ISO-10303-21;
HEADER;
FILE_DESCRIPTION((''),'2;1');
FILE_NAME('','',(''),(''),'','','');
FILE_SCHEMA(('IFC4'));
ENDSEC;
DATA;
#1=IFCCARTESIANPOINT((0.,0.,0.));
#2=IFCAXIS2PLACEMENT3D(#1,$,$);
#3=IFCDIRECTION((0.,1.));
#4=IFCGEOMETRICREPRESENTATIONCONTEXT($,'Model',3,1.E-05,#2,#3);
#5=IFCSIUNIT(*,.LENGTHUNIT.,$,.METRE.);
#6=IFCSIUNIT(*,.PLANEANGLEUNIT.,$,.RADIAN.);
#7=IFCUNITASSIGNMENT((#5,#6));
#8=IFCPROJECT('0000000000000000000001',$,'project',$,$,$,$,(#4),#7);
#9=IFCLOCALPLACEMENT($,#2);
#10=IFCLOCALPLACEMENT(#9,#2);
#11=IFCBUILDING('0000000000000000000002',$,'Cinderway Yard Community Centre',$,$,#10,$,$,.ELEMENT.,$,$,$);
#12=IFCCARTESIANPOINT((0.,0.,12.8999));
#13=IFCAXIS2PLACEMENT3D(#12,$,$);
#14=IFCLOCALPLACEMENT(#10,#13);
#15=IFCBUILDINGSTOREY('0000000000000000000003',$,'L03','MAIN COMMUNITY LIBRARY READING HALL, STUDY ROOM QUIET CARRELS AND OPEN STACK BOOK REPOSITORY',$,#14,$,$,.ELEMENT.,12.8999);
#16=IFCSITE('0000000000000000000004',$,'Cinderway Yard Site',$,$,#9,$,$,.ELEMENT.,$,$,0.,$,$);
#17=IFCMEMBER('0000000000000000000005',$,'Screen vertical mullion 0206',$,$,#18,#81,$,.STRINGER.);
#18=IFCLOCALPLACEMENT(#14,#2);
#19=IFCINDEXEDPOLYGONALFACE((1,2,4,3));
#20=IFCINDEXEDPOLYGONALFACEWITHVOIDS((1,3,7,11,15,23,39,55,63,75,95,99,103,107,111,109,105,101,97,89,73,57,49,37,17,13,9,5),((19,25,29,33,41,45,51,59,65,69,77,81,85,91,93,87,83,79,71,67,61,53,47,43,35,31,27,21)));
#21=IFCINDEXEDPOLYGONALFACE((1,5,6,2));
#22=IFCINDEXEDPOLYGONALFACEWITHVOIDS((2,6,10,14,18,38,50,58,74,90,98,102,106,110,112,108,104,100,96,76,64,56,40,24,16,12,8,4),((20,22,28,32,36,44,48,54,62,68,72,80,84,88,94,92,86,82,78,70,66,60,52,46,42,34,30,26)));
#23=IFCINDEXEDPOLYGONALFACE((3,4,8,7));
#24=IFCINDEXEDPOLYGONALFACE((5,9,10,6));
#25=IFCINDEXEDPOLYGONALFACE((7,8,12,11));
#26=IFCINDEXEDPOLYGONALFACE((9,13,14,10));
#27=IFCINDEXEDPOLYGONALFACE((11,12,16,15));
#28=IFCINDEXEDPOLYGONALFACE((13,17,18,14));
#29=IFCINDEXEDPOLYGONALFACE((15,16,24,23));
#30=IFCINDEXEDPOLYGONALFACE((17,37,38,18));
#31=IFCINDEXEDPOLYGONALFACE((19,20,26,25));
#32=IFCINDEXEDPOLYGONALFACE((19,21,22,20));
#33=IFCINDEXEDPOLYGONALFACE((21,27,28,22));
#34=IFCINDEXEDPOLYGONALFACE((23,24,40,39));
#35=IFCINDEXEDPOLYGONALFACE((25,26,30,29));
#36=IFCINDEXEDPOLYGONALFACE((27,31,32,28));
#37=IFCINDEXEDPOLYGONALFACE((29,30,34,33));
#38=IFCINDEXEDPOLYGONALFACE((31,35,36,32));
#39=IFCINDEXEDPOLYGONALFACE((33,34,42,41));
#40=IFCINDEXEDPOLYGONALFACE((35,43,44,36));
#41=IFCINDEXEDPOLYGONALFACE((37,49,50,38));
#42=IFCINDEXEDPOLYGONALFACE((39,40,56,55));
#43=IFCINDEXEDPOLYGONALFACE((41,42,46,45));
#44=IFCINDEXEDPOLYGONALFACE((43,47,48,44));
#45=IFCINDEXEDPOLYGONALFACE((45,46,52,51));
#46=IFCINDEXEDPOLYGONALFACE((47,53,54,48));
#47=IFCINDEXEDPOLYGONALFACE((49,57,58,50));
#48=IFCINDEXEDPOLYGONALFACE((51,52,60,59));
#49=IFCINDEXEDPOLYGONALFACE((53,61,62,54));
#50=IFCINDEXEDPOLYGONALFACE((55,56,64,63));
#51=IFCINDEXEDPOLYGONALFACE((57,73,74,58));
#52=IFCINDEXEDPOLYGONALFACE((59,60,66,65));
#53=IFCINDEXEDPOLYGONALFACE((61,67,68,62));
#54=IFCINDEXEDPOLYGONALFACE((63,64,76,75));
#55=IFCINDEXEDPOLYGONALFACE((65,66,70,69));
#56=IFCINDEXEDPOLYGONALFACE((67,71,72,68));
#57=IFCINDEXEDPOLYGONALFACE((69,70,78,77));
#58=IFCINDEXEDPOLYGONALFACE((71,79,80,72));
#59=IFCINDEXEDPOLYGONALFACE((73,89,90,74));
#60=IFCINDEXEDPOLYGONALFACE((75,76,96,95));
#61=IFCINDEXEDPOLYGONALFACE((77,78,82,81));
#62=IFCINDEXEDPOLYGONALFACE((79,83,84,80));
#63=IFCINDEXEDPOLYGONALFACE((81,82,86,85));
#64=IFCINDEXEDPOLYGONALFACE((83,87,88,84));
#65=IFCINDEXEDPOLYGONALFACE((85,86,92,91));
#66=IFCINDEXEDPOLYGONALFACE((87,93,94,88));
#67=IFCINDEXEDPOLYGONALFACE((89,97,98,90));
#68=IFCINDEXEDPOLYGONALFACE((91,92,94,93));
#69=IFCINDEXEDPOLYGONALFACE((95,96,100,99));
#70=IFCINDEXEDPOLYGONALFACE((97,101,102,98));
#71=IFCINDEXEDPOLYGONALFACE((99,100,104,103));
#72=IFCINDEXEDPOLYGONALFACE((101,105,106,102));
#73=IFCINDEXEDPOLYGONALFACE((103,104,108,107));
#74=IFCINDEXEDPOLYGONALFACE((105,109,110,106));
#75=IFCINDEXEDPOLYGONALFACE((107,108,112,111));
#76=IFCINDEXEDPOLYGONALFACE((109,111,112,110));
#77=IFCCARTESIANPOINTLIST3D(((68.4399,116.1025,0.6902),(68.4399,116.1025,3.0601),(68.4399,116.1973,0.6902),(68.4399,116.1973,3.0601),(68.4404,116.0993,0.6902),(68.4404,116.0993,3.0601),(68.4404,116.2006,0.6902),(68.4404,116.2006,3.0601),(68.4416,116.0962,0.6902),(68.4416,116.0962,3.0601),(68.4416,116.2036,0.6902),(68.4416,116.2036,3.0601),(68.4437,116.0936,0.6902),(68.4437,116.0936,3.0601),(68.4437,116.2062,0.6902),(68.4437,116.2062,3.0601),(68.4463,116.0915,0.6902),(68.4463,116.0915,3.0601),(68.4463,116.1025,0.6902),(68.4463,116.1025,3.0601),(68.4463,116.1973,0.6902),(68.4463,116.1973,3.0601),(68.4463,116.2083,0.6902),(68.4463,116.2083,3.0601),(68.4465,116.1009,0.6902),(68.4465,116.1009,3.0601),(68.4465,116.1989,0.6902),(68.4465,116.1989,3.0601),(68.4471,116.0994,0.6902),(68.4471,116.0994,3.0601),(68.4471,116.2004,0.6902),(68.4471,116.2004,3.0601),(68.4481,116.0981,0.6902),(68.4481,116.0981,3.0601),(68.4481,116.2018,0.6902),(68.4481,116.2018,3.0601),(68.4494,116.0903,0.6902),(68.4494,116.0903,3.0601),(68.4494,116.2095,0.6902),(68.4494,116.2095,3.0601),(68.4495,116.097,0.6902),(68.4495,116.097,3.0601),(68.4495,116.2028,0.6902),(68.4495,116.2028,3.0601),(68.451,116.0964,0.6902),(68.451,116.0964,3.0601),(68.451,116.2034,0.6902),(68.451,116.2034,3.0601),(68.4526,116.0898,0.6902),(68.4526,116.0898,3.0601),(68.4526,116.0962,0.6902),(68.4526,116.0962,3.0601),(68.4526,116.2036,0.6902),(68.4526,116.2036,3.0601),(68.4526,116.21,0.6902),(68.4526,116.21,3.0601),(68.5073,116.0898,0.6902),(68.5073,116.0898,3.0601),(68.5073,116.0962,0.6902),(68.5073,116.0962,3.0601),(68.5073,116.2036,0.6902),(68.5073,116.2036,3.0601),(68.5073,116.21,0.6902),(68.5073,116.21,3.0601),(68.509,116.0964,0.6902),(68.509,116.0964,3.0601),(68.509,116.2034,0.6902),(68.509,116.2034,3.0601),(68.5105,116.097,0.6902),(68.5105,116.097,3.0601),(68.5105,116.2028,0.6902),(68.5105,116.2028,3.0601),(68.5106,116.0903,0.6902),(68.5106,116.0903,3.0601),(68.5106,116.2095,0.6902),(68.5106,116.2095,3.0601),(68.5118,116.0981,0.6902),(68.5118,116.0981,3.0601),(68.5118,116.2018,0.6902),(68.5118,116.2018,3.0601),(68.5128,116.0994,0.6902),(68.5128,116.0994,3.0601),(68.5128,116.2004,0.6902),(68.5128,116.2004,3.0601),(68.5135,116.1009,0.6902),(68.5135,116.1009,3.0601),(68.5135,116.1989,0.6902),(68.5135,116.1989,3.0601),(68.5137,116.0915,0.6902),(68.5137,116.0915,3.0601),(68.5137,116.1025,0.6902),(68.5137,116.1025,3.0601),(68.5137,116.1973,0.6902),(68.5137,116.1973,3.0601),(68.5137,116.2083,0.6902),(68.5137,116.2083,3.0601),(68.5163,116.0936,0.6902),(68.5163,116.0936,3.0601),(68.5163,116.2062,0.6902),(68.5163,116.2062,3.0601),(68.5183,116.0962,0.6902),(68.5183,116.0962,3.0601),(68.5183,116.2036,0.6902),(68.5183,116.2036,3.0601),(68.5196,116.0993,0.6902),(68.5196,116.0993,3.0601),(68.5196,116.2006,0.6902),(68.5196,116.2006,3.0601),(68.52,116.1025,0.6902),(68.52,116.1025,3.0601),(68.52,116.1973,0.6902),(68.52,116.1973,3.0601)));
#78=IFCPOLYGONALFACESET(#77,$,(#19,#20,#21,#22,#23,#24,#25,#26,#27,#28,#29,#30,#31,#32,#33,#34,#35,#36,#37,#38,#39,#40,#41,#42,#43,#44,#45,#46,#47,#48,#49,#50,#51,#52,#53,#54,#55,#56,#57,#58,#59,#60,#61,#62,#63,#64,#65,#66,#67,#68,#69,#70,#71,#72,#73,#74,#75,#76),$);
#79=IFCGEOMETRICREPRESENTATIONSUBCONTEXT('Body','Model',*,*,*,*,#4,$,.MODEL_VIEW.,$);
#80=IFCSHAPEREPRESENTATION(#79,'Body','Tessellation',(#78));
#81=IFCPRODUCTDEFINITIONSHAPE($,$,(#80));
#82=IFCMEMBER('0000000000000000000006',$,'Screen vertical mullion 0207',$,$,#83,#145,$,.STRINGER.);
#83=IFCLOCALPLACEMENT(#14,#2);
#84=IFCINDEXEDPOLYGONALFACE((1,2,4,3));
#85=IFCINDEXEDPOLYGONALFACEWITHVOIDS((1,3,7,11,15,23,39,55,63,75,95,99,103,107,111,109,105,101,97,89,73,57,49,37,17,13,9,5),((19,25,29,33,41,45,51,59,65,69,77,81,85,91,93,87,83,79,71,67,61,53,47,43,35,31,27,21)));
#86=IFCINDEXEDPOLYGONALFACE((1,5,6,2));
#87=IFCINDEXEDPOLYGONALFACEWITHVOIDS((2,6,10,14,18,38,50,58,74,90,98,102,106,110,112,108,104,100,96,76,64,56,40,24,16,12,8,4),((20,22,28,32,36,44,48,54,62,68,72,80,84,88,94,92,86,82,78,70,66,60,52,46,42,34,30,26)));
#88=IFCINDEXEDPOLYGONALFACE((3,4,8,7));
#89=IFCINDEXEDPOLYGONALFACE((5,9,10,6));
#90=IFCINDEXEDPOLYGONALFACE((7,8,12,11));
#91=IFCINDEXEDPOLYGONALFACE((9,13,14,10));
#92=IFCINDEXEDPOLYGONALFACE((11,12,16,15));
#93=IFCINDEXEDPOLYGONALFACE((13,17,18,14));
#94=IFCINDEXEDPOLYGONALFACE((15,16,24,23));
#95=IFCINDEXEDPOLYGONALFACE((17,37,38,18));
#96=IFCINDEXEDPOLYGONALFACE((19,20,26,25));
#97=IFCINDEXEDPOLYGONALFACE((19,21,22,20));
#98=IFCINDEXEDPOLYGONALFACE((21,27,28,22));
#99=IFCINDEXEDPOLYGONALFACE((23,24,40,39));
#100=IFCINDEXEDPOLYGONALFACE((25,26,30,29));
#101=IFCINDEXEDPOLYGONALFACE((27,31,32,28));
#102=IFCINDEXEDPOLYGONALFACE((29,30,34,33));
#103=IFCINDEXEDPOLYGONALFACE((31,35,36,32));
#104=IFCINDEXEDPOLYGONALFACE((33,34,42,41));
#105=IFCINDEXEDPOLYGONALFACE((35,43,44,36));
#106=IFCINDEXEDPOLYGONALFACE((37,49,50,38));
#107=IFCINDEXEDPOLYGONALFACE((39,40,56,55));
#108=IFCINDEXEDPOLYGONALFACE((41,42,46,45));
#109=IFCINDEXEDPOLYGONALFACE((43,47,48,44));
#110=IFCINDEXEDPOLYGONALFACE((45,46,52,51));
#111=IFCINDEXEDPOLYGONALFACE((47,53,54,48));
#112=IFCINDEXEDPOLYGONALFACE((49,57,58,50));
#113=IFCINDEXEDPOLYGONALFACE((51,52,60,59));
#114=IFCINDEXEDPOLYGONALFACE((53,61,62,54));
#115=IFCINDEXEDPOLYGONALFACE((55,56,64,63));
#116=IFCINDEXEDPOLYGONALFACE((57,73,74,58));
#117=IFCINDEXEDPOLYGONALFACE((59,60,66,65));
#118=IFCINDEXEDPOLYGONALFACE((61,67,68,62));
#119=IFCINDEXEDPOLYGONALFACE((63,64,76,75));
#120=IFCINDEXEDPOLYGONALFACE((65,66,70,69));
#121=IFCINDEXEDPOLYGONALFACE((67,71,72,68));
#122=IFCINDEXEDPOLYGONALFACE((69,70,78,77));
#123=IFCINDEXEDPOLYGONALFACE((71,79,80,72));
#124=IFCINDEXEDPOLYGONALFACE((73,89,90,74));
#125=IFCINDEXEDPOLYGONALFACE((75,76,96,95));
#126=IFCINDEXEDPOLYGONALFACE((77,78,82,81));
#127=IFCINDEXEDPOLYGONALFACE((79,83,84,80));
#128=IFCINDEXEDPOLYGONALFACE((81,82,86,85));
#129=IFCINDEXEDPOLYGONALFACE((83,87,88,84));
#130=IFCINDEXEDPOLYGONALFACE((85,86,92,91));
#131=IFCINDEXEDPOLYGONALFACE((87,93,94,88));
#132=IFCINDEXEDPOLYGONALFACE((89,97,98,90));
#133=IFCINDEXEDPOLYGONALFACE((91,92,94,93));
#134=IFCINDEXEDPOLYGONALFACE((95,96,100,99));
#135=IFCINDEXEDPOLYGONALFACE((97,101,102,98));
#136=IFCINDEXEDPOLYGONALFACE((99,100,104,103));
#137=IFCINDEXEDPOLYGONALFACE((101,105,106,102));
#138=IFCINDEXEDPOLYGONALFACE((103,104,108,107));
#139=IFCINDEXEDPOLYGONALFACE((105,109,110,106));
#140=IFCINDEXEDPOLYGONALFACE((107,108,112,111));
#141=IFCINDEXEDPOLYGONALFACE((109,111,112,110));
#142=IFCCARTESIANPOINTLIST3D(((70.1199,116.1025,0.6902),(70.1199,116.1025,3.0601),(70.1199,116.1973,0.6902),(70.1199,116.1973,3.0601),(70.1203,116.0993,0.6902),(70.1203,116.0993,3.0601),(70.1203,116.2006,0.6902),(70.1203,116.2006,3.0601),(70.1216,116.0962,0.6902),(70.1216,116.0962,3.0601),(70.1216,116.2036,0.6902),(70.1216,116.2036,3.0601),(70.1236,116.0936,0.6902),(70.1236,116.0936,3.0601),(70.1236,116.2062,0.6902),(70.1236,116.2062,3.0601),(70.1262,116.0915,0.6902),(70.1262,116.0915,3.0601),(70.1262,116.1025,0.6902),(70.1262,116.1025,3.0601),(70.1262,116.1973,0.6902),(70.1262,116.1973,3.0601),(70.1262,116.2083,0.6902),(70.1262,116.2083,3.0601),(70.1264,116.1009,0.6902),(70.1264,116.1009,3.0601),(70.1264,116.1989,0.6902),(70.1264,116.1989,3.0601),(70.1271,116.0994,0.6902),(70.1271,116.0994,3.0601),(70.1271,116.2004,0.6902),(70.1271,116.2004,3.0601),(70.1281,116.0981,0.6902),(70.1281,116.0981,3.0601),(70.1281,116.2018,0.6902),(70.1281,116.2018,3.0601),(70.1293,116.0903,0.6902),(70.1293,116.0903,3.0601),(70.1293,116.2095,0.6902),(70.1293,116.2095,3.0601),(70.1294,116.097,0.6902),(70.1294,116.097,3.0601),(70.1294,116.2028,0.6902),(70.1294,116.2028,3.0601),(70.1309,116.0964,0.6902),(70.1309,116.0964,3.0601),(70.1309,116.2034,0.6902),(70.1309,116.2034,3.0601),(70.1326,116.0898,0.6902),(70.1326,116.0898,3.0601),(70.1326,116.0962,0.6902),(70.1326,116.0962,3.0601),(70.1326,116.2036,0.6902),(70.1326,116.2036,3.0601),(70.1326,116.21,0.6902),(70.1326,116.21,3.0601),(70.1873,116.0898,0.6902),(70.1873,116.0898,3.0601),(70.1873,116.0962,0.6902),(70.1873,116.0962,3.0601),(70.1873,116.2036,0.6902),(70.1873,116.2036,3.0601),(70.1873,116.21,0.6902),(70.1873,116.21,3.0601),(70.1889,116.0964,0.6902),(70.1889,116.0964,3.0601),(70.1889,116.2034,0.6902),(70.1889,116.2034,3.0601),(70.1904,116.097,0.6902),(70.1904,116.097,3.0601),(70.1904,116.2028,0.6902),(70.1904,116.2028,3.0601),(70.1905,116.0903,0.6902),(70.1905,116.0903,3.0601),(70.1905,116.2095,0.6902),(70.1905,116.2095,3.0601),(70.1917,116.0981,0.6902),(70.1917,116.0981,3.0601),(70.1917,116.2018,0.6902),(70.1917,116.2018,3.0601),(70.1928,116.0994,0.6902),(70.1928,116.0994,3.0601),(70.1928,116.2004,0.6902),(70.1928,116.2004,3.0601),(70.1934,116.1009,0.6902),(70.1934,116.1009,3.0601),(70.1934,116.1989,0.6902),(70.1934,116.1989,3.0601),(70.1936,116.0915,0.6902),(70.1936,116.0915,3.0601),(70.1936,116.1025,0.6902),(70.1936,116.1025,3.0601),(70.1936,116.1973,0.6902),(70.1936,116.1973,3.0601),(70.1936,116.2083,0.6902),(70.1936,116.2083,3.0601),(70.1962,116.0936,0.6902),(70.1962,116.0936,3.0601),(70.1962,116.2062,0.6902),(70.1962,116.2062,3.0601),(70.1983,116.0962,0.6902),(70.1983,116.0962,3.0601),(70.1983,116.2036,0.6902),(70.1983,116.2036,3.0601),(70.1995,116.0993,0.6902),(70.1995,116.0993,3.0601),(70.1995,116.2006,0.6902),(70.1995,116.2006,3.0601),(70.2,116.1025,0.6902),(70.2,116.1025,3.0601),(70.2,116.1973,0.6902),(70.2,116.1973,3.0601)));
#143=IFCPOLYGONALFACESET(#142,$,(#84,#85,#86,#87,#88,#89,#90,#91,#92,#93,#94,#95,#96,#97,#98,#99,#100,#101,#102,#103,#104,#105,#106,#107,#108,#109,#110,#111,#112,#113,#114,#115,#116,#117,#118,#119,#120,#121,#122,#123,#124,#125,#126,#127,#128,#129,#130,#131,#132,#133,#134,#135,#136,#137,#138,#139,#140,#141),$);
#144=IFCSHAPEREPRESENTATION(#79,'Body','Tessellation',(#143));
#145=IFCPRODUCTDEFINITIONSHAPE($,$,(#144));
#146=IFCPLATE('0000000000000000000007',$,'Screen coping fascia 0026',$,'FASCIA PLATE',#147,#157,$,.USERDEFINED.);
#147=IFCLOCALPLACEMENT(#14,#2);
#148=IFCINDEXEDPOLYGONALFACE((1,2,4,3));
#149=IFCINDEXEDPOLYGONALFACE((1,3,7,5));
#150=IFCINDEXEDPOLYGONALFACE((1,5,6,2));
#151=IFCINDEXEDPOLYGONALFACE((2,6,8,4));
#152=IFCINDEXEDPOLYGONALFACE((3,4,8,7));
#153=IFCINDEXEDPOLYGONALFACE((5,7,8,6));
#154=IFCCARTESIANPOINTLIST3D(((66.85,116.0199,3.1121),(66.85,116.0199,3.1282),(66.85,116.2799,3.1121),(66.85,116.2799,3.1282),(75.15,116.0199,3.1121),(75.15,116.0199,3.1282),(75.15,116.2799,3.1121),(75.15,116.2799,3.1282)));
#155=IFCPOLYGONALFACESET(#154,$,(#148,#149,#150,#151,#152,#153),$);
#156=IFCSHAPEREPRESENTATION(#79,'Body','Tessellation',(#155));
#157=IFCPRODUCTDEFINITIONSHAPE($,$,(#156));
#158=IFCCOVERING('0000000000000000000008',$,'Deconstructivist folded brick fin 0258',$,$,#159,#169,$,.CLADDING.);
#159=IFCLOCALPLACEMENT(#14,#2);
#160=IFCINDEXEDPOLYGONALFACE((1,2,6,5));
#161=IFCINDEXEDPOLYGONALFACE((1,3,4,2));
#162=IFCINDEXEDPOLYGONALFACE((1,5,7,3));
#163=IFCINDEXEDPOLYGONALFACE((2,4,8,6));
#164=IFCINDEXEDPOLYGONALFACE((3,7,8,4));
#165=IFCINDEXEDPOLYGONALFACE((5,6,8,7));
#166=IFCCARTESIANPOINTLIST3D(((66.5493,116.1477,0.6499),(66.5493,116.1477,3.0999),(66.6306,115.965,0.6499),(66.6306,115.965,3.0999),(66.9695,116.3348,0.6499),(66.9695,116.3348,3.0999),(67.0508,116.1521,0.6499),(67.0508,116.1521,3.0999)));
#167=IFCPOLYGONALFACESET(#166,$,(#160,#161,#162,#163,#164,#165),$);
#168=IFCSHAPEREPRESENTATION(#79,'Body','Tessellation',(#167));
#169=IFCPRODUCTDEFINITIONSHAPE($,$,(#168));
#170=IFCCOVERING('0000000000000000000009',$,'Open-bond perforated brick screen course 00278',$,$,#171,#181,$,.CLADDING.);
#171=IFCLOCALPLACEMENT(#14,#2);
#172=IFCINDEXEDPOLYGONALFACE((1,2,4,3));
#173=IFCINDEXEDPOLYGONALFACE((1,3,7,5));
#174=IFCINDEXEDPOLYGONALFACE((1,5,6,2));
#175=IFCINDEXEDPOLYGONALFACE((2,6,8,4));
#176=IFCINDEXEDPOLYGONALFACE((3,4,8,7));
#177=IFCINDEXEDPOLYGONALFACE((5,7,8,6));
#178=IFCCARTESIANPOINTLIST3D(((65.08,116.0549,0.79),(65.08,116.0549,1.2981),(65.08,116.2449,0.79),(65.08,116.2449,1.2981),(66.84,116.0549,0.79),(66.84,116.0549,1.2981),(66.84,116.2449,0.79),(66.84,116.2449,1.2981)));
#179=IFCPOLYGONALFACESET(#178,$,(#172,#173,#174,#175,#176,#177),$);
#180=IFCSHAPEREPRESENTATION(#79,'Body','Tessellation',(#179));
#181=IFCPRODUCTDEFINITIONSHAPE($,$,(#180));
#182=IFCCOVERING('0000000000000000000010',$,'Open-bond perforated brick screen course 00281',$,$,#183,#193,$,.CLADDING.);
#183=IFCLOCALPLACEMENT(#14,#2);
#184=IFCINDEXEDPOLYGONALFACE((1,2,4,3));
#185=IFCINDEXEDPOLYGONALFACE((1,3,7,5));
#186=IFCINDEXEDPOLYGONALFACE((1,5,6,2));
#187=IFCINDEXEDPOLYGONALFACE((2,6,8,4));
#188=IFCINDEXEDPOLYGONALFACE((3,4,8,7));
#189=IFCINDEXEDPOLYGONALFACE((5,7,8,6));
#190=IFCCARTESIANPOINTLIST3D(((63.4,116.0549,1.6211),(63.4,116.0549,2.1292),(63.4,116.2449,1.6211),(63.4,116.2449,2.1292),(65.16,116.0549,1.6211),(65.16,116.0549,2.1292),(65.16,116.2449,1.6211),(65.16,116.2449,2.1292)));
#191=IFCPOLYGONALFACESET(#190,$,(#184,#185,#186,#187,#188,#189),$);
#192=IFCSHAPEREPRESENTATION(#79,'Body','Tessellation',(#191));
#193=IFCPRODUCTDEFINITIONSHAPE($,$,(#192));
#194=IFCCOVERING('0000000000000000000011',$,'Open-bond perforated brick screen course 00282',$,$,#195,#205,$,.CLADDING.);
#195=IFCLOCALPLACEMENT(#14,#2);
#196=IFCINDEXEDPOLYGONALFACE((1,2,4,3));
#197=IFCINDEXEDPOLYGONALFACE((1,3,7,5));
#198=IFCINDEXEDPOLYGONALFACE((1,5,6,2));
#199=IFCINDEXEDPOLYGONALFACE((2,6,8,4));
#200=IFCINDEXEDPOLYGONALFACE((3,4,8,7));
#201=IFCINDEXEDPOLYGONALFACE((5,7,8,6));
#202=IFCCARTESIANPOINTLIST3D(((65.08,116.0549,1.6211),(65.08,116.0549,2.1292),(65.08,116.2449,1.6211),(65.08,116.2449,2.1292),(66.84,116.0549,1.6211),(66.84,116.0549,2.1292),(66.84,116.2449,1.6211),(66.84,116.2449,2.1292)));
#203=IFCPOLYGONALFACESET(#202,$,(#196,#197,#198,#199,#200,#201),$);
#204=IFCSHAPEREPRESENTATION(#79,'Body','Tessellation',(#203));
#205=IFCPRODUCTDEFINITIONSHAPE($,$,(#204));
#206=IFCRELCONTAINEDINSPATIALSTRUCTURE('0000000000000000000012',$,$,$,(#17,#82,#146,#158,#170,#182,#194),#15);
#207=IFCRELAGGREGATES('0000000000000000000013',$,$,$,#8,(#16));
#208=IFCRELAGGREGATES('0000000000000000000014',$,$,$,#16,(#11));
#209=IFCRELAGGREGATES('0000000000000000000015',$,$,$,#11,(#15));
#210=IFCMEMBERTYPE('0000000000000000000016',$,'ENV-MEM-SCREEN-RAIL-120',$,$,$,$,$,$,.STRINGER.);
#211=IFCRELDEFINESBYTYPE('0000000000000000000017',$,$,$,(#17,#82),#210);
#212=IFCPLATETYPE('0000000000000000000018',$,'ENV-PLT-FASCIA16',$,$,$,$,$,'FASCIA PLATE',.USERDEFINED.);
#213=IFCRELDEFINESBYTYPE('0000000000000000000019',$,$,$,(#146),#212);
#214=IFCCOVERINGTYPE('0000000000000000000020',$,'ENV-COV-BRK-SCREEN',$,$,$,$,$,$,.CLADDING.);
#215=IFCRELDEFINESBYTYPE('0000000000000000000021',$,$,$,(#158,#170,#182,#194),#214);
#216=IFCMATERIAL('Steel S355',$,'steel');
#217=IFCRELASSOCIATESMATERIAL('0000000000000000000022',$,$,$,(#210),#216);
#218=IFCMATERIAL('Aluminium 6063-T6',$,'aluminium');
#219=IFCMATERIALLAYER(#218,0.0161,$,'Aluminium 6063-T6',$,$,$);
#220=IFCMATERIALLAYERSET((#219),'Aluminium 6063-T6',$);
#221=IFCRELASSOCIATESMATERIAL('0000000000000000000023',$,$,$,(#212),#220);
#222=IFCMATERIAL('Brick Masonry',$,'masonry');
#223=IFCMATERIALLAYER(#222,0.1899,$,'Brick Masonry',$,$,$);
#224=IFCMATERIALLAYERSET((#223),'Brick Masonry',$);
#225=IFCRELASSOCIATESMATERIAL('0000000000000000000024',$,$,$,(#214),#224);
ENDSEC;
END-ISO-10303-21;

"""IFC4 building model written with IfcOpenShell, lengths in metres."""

from ifc_helpers import new_model, si_unit, direction, frame, origin, origin_2d, place, context, subcontext, project, spatial, rectangle, hollow_rectangle, extrude, material, layer, layer_set, material_profile, profile_set, type_object, element, save


model = new_model("IFC4")

# Units and contexts
model_context = context("Model", 3, precision=1e-05, world=origin(), true_north=direction((0.0, 1.0)))
body_context = subcontext(model_context, "Body", "Model", "MODEL_VIEW")
ifc_project = project(units=[si_unit("LENGTHUNIT", "METRE"), si_unit("PLANEANGLEUNIT", "RADIAN")], contexts=[model_context])

# Site, building, storey
site_placement = place(None, origin())
site = spatial("IfcSite", under=ifc_project, at=site_placement, Name="Cinderway Yard Site", CompositionType="ELEMENT", RefElevation=0.0)
building_placement = place(site_placement, origin())
building = spatial("IfcBuilding", under=site, at=building_placement, Name="Cinderway Yard Community Centre", CompositionType="ELEMENT")
storey_placement = place(building_placement, frame((0.0, 0.0, 12.8999)))
storey = spatial("IfcBuildingStorey", under=building, at=storey_placement, Name="L03", Description="MAIN COMMUNITY LIBRARY READING HALL, STUDY ROOM QUIET CARRELS AND OPEN STACK BOOK REPOSITORY", CompositionType="ELEMENT", Elevation=12.8999)

# Members
ifc_material_1 = material(Name="Steel S355", Category="steel")
ifc_material_profile = material_profile(ifc_material_1, hollow_rectangle(XDim=0.0801, YDim=0.1201, WallThickness=0.0063, InnerFilletRadius=0.0063, OuterFilletRadius=0.0127, at=origin_2d()), Name="Steel S355")
ifc_profile_set = profile_set([ifc_material_profile], Name="Steel S355")
member_type = type_object("IfcMemberType", Name="ENV-MEM-SCREEN-RAIL-120", PredefinedType="STRINGER", material=ifc_profile_set)
for number, where, z_axis, x_axis, name in (
    (1, (68.48, 116.1499, 0.6902), (0.0, 0.0, 1.0), (1.0, 0.0, 0.0), "Screen vertical mullion 0206"),
    (2, (70.1599, 116.1499, 0.6902), (0.0, 0.0, 1.0), (1.0, 0.0, 0.0), "Screen vertical mullion 0207"),
):
    element("IfcMember", number, at=place(storey_placement, frame(where, z_axis=z_axis, x_axis=x_axis)), inside=storey, type_object=member_type, Name=name, PredefinedType="STRINGER", context=body_context, shape_type="SweptSolid", body=[
        extrude(hollow_rectangle(XDim=0.0801, YDim=0.1201, WallThickness=0.0063, InnerFilletRadius=0.0063, OuterFilletRadius=0.0127, at=origin_2d()), origin(), (0.0, 0.0, 1.0), 2.3699),
    ])

# Plate
ifc_material_2 = material(Name="Aluminium 6063-T6", Category="aluminium")
ifc_layer_1 = layer(ifc_material_2, 0.0161, Name="Aluminium 6063-T6")
ifc_layer_set_1 = layer_set([ifc_layer_1], Name="Aluminium 6063-T6")
plate_type = type_object("IfcPlateType", Name="ENV-PLT-FASCIA16", ElementType="FASCIA PLATE", PredefinedType="USERDEFINED", material=ifc_layer_set_1)
plate_placement = place(storey_placement, frame((71.0, 116.1499, 3.1121), z_axis=(0.0, 0.0, 1.0), x_axis=(1.0, 0.0, 0.0)))
element("IfcPlate", 3, at=plate_placement, inside=storey, type_object=plate_type, Name="Screen coping fascia 0026", ObjectType="FASCIA PLATE", PredefinedType="USERDEFINED", context=body_context, shape_type="SweptSolid", body=[
    extrude(rectangle(XDim=8.3, YDim=0.26, at=origin_2d()), origin(), (0.0, 0.0, 1.0), 0.0161),
])

# Coverings
ifc_material_3 = material(Name="Brick Masonry", Category="masonry")
ifc_layer_2 = layer(ifc_material_3, 0.1899, Name="Brick Masonry")
ifc_layer_set_2 = layer_set([ifc_layer_2], Name="Brick Masonry")
covering_type = type_object("IfcCoveringType", Name="ENV-COV-BRK-SCREEN", PredefinedType="CLADDING", material=ifc_layer_set_2)
covering_placement = place(storey_placement, frame((66.8, 116.1499, 0.6499), z_axis=(0.0, 0.0, 1.0), x_axis=(0.913545, 0.406737, 0.0)))
element("IfcCovering", 4, at=covering_placement, inside=storey, type_object=covering_type, Name="Deconstructivist folded brick fin 0258", PredefinedType="CLADDING", context=body_context, shape_type="SweptSolid", body=[
    extrude(rectangle(XDim=0.46, YDim=0.2, at=origin_2d()), origin(), (0.0, 0.0, 1.0), 2.45),
])
for number, where, z_axis, x_axis, name in (
    (5, (65.96, 116.1499, 0.79), (0.0, 0.0, 1.0), (1.0, 0.0, 0.0), "Open-bond perforated brick screen course 00278"),
    (6, (64.28, 116.1499, 1.6211), (0.0, 0.0, 1.0), (1.0, 0.0, 0.0), "Open-bond perforated brick screen course 00281"),
    (7, (65.96, 116.1499, 1.6211), (0.0, 0.0, 1.0), (1.0, 0.0, 0.0), "Open-bond perforated brick screen course 00282"),
):
    element("IfcCovering", number, at=place(storey_placement, frame(where, z_axis=z_axis, x_axis=x_axis)), inside=storey, type_object=covering_type, Name=name, PredefinedType="CLADDING", context=body_context, shape_type="SweptSolid", body=[
        extrude(rectangle(XDim=1.76, YDim=0.1899, at=origin_2d()), origin(), (0.0, 0.0, 1.0), 0.5081),
    ])

save(model, "model.ifc")
